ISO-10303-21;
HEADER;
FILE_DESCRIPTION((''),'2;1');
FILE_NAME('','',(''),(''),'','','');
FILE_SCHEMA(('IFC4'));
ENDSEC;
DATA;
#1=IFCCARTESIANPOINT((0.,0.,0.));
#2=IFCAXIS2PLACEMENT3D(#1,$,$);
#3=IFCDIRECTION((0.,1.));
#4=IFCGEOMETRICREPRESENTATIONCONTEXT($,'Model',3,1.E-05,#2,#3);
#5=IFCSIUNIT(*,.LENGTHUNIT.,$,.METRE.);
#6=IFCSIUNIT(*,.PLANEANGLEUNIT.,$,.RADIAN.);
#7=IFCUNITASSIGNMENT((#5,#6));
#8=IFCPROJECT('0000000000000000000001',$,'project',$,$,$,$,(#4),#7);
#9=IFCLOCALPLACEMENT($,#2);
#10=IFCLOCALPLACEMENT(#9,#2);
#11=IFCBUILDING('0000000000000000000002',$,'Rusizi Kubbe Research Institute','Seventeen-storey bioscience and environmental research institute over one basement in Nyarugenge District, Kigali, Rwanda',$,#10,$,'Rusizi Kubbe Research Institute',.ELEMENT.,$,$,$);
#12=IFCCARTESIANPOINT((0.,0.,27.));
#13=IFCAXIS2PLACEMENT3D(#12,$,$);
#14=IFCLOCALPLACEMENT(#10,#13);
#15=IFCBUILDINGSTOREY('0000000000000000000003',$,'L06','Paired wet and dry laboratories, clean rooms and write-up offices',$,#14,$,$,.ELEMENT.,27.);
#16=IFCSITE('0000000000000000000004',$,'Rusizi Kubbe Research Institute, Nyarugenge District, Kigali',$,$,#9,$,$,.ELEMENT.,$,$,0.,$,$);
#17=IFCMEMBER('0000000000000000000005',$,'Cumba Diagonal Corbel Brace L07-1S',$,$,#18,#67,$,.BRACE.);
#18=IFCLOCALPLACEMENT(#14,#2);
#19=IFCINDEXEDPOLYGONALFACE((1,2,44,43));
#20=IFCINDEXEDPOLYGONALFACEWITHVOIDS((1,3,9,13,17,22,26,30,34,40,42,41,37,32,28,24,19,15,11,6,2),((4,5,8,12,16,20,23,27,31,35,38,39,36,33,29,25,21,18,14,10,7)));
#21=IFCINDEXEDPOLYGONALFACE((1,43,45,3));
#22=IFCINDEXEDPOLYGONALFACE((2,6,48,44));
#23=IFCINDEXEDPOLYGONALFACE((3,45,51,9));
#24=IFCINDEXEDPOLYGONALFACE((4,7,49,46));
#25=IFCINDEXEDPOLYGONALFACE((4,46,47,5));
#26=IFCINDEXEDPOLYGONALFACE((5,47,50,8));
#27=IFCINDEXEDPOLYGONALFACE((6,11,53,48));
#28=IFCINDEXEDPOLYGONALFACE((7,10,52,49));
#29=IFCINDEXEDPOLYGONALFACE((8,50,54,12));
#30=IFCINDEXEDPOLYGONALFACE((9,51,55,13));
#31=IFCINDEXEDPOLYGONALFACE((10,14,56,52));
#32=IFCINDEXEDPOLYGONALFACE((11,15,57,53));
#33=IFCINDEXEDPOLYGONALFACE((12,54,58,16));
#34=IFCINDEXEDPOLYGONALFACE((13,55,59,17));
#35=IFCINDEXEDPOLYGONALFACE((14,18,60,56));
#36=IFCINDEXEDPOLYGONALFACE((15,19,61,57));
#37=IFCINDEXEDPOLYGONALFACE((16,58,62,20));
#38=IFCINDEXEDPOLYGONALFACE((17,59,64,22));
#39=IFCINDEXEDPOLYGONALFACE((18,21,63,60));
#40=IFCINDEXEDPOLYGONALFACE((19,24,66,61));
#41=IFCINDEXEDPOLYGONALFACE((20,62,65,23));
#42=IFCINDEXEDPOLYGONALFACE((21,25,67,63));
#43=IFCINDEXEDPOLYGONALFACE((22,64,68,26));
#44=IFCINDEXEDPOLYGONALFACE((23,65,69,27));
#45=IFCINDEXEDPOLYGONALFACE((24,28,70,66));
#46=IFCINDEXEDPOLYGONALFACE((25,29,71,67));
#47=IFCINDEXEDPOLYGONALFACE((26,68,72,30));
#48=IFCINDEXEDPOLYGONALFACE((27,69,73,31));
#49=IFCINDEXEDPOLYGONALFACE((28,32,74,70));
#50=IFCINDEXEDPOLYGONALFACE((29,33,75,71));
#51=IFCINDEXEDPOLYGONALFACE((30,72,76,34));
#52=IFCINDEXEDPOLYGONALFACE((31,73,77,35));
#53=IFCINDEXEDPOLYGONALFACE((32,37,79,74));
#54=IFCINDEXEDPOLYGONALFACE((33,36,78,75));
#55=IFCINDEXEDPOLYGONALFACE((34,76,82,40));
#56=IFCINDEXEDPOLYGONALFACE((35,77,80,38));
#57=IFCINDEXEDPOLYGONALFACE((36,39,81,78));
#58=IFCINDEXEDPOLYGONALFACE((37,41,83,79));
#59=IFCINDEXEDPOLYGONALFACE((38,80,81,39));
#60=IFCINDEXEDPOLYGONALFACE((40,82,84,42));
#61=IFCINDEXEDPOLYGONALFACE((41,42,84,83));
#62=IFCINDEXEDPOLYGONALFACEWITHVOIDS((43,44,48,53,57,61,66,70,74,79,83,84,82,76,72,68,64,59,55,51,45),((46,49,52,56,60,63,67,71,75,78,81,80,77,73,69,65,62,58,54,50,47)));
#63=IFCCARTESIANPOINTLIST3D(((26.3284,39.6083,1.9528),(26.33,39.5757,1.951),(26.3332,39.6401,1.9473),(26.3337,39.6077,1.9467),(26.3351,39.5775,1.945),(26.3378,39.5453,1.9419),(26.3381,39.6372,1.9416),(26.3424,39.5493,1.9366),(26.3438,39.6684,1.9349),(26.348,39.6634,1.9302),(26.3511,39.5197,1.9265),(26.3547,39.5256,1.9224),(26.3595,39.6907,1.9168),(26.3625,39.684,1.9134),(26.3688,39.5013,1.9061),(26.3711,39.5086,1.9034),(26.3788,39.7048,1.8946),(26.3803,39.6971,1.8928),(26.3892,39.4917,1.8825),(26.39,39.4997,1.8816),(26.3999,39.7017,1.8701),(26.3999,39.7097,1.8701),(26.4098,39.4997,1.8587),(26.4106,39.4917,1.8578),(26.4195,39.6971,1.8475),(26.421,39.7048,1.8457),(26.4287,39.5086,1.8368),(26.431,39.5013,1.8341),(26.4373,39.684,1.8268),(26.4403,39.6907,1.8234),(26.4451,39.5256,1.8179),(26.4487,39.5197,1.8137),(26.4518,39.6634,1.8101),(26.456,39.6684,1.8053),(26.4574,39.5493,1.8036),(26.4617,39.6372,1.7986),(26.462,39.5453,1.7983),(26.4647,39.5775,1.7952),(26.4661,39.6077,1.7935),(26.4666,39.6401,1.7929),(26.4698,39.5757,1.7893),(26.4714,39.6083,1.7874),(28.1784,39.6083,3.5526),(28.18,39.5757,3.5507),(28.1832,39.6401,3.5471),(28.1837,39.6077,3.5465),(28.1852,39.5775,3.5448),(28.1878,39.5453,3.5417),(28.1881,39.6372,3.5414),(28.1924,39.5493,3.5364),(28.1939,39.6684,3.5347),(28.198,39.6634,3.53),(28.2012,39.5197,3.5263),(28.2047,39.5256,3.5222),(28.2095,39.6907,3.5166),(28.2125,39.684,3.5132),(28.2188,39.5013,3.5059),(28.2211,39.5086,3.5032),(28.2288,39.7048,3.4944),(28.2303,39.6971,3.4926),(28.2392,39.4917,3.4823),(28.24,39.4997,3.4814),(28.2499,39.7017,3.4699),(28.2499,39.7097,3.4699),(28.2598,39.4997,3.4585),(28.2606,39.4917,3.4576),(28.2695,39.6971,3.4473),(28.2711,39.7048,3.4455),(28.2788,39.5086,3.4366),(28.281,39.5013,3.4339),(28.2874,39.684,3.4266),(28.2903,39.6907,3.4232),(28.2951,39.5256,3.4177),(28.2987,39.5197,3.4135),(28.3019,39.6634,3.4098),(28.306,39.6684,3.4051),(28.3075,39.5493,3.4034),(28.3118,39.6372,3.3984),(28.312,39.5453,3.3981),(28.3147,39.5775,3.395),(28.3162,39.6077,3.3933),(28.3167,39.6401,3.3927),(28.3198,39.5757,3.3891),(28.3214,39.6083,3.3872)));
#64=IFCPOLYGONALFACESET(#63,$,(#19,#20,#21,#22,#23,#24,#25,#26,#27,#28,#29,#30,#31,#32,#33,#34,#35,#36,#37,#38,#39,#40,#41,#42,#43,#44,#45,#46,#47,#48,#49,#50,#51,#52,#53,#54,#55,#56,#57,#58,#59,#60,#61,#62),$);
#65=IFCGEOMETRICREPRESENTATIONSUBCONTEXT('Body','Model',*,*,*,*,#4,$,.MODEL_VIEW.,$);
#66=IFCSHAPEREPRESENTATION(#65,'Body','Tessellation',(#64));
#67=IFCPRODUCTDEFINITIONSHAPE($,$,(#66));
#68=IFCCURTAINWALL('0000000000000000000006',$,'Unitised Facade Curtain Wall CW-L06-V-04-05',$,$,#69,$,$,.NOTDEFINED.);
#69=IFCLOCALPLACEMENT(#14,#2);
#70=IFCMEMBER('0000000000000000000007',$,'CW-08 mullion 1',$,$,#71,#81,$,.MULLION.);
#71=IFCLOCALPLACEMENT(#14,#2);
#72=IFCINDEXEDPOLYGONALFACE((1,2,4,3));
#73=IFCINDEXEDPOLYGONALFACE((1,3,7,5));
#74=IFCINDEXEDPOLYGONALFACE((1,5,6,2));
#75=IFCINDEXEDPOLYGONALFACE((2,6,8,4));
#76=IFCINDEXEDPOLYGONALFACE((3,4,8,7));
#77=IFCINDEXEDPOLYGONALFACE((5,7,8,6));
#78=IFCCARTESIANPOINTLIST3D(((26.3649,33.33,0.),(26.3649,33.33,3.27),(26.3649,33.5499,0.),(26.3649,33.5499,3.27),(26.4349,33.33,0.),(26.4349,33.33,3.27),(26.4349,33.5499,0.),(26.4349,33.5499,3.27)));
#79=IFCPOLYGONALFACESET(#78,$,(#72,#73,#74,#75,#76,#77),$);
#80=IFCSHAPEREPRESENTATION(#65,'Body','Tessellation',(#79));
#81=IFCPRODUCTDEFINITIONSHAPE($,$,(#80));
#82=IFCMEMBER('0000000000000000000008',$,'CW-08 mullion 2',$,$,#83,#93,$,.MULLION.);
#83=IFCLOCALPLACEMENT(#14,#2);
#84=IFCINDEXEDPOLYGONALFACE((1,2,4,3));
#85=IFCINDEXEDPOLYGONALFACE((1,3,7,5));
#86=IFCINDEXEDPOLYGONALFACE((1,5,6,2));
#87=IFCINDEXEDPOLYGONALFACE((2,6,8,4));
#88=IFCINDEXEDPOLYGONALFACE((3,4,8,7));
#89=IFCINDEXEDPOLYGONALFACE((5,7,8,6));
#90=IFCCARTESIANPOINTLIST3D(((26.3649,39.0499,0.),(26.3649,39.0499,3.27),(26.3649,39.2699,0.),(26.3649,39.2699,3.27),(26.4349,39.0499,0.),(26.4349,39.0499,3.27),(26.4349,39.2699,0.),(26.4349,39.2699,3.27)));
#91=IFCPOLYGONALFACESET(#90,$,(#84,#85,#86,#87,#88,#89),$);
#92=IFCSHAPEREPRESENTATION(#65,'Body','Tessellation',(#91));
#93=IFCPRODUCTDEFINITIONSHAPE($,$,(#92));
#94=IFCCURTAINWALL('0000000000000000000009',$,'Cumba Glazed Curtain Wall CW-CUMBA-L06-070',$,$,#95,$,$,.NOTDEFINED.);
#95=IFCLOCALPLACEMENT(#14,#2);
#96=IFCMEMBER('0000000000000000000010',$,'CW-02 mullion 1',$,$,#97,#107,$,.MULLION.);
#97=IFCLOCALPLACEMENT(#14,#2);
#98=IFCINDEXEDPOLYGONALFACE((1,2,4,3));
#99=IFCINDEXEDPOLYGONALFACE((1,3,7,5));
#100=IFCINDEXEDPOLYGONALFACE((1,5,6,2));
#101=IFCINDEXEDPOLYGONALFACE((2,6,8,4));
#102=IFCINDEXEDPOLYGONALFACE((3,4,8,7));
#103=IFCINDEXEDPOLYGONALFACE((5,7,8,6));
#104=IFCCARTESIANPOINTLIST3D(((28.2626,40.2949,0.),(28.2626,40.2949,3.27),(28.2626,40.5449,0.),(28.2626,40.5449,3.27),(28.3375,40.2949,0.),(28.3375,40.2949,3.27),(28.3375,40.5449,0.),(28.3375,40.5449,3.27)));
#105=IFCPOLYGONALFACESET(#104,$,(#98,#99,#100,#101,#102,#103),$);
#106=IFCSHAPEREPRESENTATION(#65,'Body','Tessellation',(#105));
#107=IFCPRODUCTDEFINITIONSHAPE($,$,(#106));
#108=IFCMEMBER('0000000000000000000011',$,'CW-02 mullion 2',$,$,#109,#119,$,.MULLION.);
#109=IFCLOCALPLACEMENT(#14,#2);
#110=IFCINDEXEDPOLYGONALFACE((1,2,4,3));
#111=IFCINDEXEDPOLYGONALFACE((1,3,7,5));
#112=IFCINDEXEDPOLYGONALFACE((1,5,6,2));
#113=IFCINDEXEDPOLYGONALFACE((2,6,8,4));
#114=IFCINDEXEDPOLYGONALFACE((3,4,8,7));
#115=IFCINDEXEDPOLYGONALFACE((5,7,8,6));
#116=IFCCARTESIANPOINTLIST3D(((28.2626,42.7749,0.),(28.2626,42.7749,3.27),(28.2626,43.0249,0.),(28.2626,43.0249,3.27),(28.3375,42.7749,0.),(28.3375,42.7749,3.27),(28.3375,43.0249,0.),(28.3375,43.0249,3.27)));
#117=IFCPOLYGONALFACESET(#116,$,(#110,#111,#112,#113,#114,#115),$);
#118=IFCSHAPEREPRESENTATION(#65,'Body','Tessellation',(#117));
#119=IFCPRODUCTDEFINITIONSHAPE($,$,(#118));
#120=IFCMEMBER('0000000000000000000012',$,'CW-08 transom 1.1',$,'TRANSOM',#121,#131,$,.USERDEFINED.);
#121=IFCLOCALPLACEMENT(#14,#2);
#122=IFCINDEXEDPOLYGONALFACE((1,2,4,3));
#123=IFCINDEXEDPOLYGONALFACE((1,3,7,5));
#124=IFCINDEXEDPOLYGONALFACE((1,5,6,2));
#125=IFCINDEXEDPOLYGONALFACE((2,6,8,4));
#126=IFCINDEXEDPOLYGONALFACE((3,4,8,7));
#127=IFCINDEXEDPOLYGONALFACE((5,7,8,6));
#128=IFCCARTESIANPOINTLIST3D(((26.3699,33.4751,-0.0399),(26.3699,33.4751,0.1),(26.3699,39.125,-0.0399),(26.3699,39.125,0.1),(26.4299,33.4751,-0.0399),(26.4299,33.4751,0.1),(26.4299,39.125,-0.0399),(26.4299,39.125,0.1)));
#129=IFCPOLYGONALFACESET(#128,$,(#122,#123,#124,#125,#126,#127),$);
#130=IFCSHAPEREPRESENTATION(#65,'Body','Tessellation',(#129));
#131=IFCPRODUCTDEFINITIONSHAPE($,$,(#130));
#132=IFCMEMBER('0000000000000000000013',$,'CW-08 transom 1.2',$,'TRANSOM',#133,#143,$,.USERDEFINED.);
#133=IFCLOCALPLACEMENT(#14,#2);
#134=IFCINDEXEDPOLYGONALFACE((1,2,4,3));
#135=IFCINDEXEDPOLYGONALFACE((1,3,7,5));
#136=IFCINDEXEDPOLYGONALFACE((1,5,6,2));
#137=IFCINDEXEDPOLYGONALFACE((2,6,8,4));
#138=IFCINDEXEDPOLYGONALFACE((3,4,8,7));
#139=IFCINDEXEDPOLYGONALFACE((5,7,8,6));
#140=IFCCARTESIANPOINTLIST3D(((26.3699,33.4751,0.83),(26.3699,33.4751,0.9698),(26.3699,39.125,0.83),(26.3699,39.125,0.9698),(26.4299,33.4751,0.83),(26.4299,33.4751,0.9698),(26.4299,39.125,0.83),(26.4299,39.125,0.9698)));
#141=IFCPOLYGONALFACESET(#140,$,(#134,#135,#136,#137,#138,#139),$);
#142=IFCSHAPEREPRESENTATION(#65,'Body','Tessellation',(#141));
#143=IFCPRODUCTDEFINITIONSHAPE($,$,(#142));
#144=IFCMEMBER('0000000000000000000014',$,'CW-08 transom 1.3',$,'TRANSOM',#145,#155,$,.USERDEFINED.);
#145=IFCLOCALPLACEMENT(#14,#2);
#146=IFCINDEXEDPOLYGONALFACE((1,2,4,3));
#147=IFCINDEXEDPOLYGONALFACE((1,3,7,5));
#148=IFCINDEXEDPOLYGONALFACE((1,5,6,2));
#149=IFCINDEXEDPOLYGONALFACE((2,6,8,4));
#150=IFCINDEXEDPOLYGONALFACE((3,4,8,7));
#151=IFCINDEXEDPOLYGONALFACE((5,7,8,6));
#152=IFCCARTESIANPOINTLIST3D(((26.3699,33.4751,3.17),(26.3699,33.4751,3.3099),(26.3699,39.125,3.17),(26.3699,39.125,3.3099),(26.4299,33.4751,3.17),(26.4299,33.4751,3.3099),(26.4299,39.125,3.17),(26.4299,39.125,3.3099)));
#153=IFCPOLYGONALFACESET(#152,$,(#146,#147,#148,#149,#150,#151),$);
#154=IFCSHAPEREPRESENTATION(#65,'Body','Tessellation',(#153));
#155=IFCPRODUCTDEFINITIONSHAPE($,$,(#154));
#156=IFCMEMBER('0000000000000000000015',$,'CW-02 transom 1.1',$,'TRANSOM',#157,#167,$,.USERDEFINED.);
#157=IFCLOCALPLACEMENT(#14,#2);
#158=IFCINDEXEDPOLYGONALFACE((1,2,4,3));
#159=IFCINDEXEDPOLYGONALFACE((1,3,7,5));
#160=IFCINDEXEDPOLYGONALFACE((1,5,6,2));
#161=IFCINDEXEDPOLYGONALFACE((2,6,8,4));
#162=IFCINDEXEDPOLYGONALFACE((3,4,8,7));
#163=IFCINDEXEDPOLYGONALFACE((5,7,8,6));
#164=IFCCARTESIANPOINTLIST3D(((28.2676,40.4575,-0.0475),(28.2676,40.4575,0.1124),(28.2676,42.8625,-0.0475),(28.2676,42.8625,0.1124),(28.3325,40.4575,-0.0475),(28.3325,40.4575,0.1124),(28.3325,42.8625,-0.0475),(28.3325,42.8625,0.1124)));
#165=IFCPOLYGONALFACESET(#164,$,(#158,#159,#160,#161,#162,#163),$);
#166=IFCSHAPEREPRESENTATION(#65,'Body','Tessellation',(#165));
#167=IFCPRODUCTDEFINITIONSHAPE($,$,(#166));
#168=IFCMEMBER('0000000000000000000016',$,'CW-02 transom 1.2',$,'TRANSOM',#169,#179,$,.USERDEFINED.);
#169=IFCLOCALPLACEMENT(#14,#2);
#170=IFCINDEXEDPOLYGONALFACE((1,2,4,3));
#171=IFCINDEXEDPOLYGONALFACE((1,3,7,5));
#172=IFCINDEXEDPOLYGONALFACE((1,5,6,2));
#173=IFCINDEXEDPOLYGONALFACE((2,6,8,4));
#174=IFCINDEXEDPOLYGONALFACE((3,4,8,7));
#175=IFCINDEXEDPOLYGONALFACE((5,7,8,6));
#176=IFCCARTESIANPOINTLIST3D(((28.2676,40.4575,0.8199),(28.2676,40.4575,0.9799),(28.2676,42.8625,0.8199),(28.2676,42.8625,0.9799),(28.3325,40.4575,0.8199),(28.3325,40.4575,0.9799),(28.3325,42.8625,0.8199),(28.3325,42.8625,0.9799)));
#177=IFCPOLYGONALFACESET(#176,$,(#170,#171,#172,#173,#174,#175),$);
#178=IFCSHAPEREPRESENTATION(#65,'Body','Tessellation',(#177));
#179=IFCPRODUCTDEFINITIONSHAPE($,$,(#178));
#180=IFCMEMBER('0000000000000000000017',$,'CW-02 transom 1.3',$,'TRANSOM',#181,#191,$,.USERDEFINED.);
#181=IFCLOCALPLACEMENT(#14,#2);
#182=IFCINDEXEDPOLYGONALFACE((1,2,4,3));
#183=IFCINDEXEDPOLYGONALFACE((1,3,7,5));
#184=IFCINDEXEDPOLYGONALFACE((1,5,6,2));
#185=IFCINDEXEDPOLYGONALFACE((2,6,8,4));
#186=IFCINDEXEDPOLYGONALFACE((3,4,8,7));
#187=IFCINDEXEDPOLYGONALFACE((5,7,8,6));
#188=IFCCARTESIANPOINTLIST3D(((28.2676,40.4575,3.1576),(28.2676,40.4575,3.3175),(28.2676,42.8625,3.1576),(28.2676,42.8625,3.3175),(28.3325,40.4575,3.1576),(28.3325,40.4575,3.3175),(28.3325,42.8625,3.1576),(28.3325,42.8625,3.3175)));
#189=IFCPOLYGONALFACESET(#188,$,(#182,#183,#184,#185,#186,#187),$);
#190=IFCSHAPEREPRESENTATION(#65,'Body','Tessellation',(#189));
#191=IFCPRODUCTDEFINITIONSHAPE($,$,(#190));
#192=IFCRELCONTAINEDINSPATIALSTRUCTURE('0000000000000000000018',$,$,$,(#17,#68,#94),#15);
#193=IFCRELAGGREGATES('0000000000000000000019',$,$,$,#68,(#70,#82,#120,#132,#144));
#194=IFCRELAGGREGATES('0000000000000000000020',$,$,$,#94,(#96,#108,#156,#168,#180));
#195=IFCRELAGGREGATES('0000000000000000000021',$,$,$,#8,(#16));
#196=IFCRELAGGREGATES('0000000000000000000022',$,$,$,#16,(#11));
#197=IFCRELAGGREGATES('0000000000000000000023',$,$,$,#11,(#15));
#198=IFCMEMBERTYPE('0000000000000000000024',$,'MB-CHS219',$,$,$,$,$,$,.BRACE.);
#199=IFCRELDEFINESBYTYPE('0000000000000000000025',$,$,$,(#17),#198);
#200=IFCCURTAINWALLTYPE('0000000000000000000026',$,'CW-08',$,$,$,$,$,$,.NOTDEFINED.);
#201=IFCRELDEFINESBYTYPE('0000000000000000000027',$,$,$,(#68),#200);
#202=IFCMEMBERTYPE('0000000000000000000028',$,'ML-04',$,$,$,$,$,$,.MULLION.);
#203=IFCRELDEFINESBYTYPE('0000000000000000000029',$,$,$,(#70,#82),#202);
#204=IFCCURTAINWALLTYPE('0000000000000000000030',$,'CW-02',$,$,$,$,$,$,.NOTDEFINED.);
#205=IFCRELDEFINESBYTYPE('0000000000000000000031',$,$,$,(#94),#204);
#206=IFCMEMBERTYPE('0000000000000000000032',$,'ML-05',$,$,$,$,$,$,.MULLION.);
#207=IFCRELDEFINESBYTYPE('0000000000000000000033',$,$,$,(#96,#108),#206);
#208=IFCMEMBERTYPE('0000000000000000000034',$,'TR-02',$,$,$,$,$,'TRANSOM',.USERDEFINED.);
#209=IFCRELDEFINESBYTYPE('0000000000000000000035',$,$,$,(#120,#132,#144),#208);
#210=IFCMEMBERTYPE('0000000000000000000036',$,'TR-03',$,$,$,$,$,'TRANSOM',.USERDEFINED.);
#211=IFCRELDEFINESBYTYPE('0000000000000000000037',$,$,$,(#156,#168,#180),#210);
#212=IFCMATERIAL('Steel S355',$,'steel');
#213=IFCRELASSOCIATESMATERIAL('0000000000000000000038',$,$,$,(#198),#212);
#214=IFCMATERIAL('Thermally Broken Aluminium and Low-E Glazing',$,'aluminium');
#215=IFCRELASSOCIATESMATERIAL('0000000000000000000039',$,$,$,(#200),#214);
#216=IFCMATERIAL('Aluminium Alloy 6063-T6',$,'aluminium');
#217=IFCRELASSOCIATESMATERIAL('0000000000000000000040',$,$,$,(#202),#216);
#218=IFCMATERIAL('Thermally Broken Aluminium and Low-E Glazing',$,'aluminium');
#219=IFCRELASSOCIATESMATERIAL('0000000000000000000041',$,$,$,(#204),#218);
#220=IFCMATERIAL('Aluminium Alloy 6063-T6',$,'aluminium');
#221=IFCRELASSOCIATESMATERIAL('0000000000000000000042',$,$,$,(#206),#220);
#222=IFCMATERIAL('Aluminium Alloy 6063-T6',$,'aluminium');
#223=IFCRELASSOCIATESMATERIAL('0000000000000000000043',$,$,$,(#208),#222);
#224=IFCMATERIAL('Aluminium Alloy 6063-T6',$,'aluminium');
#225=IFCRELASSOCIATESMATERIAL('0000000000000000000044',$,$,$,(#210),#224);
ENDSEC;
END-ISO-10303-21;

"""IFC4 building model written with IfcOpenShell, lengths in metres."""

from ifc_helpers import new_model, si_unit, direction, frame, origin, origin_2d, place, context, subcontext, project, spatial, rectangle, hollow_circle, extrude, material, material_profile, profile_set, type_object, element, aggregate, save


model = new_model("IFC4")

# Units and contexts
model_context = context("Model", 3, precision=1e-05, world=origin(), true_north=direction((0.0, 1.0)))
body_context = subcontext(model_context, "Body", "Model", "MODEL_VIEW")
ifc_project = project(units=[si_unit("LENGTHUNIT", "METRE"), si_unit("PLANEANGLEUNIT", "RADIAN")], contexts=[model_context])

# Site, building, storey
site_placement = place(None, origin())
site = spatial("IfcSite", under=ifc_project, at=site_placement, Name="Rusizi Kubbe Research Institute, Nyarugenge District, Kigali", CompositionType="ELEMENT", RefElevation=0.0)
building_placement = place(site_placement, origin())
building = spatial("IfcBuilding", under=site, at=building_placement, Name="Rusizi Kubbe Research Institute", Description="Seventeen-storey bioscience and environmental research institute over one basement in Nyarugenge District, Kigali, Rwanda", LongName="Rusizi Kubbe Research Institute", CompositionType="ELEMENT")
storey_placement = place(building_placement, frame((0.0, 0.0, 27.0)))
storey = spatial("IfcBuildingStorey", under=building, at=storey_placement, Name="L06", Description="Paired wet and dry laboratories, clean rooms and write-up offices", CompositionType="ELEMENT", Elevation=27.0)

# Member
ifc_material_1 = material(Name="Steel S355", Category="steel")
ifc_material_profile_1 = material_profile(ifc_material_1, hollow_circle(Radius=0.1096, WallThickness=0.0081, at=origin_2d()), Name="CHS 219.1x8.0")
ifc_profile_set_1 = profile_set([ifc_material_profile_1], Name="Steel S355")
member_type_1 = type_object("IfcMemberType", Name="MB-CHS219", PredefinedType="BRACE", material=ifc_profile_set_1)
member_1_placement = place(storey_placement, frame((26.3999, 39.6001, 1.8701), z_axis=(0.75641, 0.0, 0.654098), x_axis=(0.0, 1.0, 0.0)))
element("IfcMember", 1, at=member_1_placement, inside=storey, type_object=member_type_1, Name="Cumba Diagonal Corbel Brace L07-1S", PredefinedType="BRACE", context=body_context, shape_type="SweptSolid", body=[
    extrude(hollow_circle(Radius=0.1096, WallThickness=0.0081, at=origin_2d()), origin(), (0.0, 0.0, 1.0), 2.4458),
])

# Curtain walls, members
ifc_material_2 = material(Name="Thermally Broken Aluminium and Low-E Glazing", Category="aluminium")
curtain_wall_type_1 = type_object("IfcCurtainWallType", Name="CW-08", PredefinedType="NOTDEFINED", material=ifc_material_2)
curtain_wall_1_placement = place(storey_placement, origin())
curtain_wall_1 = element("IfcCurtainWall", 2, at=curtain_wall_1_placement, inside=storey, type_object=curtain_wall_type_1, Name="Unitised Facade Curtain Wall CW-L06-V-04-05", PredefinedType="NOTDEFINED")
ifc_material_3 = material(Name="Aluminium Alloy 6063-T6", Category="aluminium")
ifc_material_profile_2 = material_profile(ifc_material_3, rectangle(XDim=0.0701, YDim=0.22, at=origin_2d()), Name="ALU-M 70x220")
ifc_profile_set_2 = profile_set([ifc_material_profile_2], Name="Aluminium Alloy 6063-T6")
member_type_2 = type_object("IfcMemberType", Name="ML-04", PredefinedType="MULLION", material=ifc_profile_set_2)
member_2_placement = place(storey_placement, frame((26.3999, 33.4399, 0.0), z_axis=(0.0, 0.0, 1.0), x_axis=(-1.0, 0.0, 0.0)))
member_2 = element("IfcMember", 3, at=member_2_placement, type_object=member_type_2, Name="CW-08 mullion 1", PredefinedType="MULLION", context=body_context, shape_type="SweptSolid", body=[
    extrude(rectangle(XDim=0.0701, YDim=0.22, at=origin_2d()), origin(), (0.0, 0.0, 1.0), 3.27),
])
member_3_placement = place(storey_placement, frame((26.3999, 39.1599, 0.0), z_axis=(0.0, 0.0, 1.0), x_axis=(-1.0, 0.0, 0.0)))
member_3 = element("IfcMember", 4, at=member_3_placement, type_object=member_type_2, Name="CW-08 mullion 2", PredefinedType="MULLION", context=body_context, shape_type="SweptSolid", body=[
    extrude(rectangle(XDim=0.0701, YDim=0.22, at=origin_2d()), origin(), (0.0, 0.0, 1.0), 3.27),
])
ifc_material_4 = material(Name="Thermally Broken Aluminium and Low-E Glazing", Category="aluminium")
curtain_wall_type_2 = type_object("IfcCurtainWallType", Name="CW-02", PredefinedType="NOTDEFINED", material=ifc_material_4)
curtain_wall_2_placement = place(storey_placement, origin())
curtain_wall_2 = element("IfcCurtainWall", 5, at=curtain_wall_2_placement, inside=storey, type_object=curtain_wall_type_2, Name="Cumba Glazed Curtain Wall CW-CUMBA-L06-070", PredefinedType="NOTDEFINED")
ifc_material_5 = material(Name="Aluminium Alloy 6063-T6", Category="aluminium")
ifc_material_profile_3 = material_profile(ifc_material_5, rectangle(XDim=0.075, YDim=0.25, at=origin_2d()), Name="ALU-M 75x250")
ifc_profile_set_3 = profile_set([ifc_material_profile_3], Name="Aluminium Alloy 6063-T6")
member_type_3 = type_object("IfcMemberType", Name="ML-05", PredefinedType="MULLION", material=ifc_profile_set_3)
member_4_placement = place(storey_placement, frame((28.3, 40.4199, 0.0), z_axis=(0.0, 0.0, 1.0), x_axis=(-1.0, 0.0, 0.0)))
member_4 = element("IfcMember", 6, at=member_4_placement, type_object=member_type_3, Name="CW-02 mullion 1", PredefinedType="MULLION", context=body_context, shape_type="SweptSolid", body=[
    extrude(rectangle(XDim=0.075, YDim=0.25, at=origin_2d()), origin(), (0.0, 0.0, 1.0), 3.27),
])
member_5_placement = place(storey_placement, frame((28.3, 42.8999, 0.0), z_axis=(0.0, 0.0, 1.0), x_axis=(-1.0, 0.0, 0.0)))
member_5 = element("IfcMember", 7, at=member_5_placement, type_object=member_type_3, Name="CW-02 mullion 2", PredefinedType="MULLION", context=body_context, shape_type="SweptSolid", body=[
    extrude(rectangle(XDim=0.075, YDim=0.25, at=origin_2d()), origin(), (0.0, 0.0, 1.0), 3.27),
])

# Members
ifc_material_6 = material(Name="Aluminium Alloy 6063-T6", Category="aluminium")
ifc_material_profile_4 = material_profile(ifc_material_6, rectangle(XDim=0.0601, YDim=0.1399, at=origin_2d()), Name="ALU-T 60x140")
ifc_profile_set_4 = profile_set([ifc_material_profile_4], Name="Aluminium Alloy 6063-T6")
member_type_4 = type_object("IfcMemberType", Name="TR-02", ElementType="TRANSOM", PredefinedType="USERDEFINED", material=ifc_profile_set_4)
member_6_placement = place(storey_placement, frame((26.3999, 33.4751, 0.03), z_axis=(0.0, 1.0, 0.0), x_axis=(-1.0, 0.0, 0.0)))
member_6 = element("IfcMember", 8, at=member_6_placement, type_object=member_type_4, Name="CW-08 transom 1.1", ObjectType="TRANSOM", PredefinedType="USERDEFINED", context=body_context, shape_type="SweptSolid", body=[
    extrude(rectangle(XDim=0.0601, YDim=0.1399, at=origin_2d()), origin(), (0.0, 0.0, 1.0), 5.6499),
])
member_7_placement = place(storey_placement, frame((26.3999, 33.4751, 0.8999), z_axis=(0.0, 1.0, 0.0), x_axis=(-1.0, 0.0, 0.0)))
member_7 = element("IfcMember", 9, at=member_7_placement, type_object=member_type_4, Name="CW-08 transom 1.2", ObjectType="TRANSOM", PredefinedType="USERDEFINED", context=body_context, shape_type="SweptSolid", body=[
    extrude(rectangle(XDim=0.0601, YDim=0.1399, at=origin_2d()), origin(), (0.0, 0.0, 1.0), 5.6499),
])
member_8_placement = place(storey_placement, frame((26.3999, 33.4751, 3.24), z_axis=(0.0, 1.0, 0.0), x_axis=(-1.0, 0.0, 0.0)))
member_8 = element("IfcMember", 10, at=member_8_placement, type_object=member_type_4, Name="CW-08 transom 1.3", ObjectType="TRANSOM", PredefinedType="USERDEFINED", context=body_context, shape_type="SweptSolid", body=[
    extrude(rectangle(XDim=0.0601, YDim=0.1399, at=origin_2d()), origin(), (0.0, 0.0, 1.0), 5.6499),
])
ifc_material_7 = material(Name="Aluminium Alloy 6063-T6", Category="aluminium")
ifc_material_profile_5 = material_profile(ifc_material_7, rectangle(XDim=0.0649, YDim=0.1599, at=origin_2d()), Name="ALU-T 65x160")
ifc_profile_set_5 = profile_set([ifc_material_profile_5], Name="Aluminium Alloy 6063-T6")
member_type_5 = type_object("IfcMemberType", Name="TR-03", ElementType="TRANSOM", PredefinedType="USERDEFINED", material=ifc_profile_set_5)
member_9_placement = place(storey_placement, frame((28.3, 40.4575, 0.0325), z_axis=(0.0, 1.0, 0.0), x_axis=(-1.0, 0.0, 0.0)))
member_9 = element("IfcMember", 11, at=member_9_placement, type_object=member_type_5, Name="CW-02 transom 1.1", ObjectType="TRANSOM", PredefinedType="USERDEFINED", context=body_context, shape_type="SweptSolid", body=[
    extrude(rectangle(XDim=0.0649, YDim=0.1599, at=origin_2d()), origin(), (0.0, 0.0, 1.0), 2.405),
])
member_10_placement = place(storey_placement, frame((28.3, 40.4575, 0.8999), z_axis=(0.0, 1.0, 0.0), x_axis=(-1.0, 0.0, 0.0)))
member_10 = element("IfcMember", 12, at=member_10_placement, type_object=member_type_5, Name="CW-02 transom 1.2", ObjectType="TRANSOM", PredefinedType="USERDEFINED", context=body_context, shape_type="SweptSolid", body=[
    extrude(rectangle(XDim=0.0649, YDim=0.1599, at=origin_2d()), origin(), (0.0, 0.0, 1.0), 2.405),
])
member_11_placement = place(storey_placement, frame((28.3, 40.4575, 3.2375), z_axis=(0.0, 1.0, 0.0), x_axis=(-1.0, 0.0, 0.0)))
member_11 = element("IfcMember", 13, at=member_11_placement, type_object=member_type_5, Name="CW-02 transom 1.3", ObjectType="TRANSOM", PredefinedType="USERDEFINED", context=body_context, shape_type="SweptSolid", body=[
    extrude(rectangle(XDim=0.0649, YDim=0.1599, at=origin_2d()), origin(), (0.0, 0.0, 1.0), 2.405),
])

aggregate(curtain_wall_1, [member_2, member_3, member_6, member_7, member_8])
aggregate(curtain_wall_2, [member_4, member_5, member_9, member_10, member_11])

save(model, "model.ifc")
